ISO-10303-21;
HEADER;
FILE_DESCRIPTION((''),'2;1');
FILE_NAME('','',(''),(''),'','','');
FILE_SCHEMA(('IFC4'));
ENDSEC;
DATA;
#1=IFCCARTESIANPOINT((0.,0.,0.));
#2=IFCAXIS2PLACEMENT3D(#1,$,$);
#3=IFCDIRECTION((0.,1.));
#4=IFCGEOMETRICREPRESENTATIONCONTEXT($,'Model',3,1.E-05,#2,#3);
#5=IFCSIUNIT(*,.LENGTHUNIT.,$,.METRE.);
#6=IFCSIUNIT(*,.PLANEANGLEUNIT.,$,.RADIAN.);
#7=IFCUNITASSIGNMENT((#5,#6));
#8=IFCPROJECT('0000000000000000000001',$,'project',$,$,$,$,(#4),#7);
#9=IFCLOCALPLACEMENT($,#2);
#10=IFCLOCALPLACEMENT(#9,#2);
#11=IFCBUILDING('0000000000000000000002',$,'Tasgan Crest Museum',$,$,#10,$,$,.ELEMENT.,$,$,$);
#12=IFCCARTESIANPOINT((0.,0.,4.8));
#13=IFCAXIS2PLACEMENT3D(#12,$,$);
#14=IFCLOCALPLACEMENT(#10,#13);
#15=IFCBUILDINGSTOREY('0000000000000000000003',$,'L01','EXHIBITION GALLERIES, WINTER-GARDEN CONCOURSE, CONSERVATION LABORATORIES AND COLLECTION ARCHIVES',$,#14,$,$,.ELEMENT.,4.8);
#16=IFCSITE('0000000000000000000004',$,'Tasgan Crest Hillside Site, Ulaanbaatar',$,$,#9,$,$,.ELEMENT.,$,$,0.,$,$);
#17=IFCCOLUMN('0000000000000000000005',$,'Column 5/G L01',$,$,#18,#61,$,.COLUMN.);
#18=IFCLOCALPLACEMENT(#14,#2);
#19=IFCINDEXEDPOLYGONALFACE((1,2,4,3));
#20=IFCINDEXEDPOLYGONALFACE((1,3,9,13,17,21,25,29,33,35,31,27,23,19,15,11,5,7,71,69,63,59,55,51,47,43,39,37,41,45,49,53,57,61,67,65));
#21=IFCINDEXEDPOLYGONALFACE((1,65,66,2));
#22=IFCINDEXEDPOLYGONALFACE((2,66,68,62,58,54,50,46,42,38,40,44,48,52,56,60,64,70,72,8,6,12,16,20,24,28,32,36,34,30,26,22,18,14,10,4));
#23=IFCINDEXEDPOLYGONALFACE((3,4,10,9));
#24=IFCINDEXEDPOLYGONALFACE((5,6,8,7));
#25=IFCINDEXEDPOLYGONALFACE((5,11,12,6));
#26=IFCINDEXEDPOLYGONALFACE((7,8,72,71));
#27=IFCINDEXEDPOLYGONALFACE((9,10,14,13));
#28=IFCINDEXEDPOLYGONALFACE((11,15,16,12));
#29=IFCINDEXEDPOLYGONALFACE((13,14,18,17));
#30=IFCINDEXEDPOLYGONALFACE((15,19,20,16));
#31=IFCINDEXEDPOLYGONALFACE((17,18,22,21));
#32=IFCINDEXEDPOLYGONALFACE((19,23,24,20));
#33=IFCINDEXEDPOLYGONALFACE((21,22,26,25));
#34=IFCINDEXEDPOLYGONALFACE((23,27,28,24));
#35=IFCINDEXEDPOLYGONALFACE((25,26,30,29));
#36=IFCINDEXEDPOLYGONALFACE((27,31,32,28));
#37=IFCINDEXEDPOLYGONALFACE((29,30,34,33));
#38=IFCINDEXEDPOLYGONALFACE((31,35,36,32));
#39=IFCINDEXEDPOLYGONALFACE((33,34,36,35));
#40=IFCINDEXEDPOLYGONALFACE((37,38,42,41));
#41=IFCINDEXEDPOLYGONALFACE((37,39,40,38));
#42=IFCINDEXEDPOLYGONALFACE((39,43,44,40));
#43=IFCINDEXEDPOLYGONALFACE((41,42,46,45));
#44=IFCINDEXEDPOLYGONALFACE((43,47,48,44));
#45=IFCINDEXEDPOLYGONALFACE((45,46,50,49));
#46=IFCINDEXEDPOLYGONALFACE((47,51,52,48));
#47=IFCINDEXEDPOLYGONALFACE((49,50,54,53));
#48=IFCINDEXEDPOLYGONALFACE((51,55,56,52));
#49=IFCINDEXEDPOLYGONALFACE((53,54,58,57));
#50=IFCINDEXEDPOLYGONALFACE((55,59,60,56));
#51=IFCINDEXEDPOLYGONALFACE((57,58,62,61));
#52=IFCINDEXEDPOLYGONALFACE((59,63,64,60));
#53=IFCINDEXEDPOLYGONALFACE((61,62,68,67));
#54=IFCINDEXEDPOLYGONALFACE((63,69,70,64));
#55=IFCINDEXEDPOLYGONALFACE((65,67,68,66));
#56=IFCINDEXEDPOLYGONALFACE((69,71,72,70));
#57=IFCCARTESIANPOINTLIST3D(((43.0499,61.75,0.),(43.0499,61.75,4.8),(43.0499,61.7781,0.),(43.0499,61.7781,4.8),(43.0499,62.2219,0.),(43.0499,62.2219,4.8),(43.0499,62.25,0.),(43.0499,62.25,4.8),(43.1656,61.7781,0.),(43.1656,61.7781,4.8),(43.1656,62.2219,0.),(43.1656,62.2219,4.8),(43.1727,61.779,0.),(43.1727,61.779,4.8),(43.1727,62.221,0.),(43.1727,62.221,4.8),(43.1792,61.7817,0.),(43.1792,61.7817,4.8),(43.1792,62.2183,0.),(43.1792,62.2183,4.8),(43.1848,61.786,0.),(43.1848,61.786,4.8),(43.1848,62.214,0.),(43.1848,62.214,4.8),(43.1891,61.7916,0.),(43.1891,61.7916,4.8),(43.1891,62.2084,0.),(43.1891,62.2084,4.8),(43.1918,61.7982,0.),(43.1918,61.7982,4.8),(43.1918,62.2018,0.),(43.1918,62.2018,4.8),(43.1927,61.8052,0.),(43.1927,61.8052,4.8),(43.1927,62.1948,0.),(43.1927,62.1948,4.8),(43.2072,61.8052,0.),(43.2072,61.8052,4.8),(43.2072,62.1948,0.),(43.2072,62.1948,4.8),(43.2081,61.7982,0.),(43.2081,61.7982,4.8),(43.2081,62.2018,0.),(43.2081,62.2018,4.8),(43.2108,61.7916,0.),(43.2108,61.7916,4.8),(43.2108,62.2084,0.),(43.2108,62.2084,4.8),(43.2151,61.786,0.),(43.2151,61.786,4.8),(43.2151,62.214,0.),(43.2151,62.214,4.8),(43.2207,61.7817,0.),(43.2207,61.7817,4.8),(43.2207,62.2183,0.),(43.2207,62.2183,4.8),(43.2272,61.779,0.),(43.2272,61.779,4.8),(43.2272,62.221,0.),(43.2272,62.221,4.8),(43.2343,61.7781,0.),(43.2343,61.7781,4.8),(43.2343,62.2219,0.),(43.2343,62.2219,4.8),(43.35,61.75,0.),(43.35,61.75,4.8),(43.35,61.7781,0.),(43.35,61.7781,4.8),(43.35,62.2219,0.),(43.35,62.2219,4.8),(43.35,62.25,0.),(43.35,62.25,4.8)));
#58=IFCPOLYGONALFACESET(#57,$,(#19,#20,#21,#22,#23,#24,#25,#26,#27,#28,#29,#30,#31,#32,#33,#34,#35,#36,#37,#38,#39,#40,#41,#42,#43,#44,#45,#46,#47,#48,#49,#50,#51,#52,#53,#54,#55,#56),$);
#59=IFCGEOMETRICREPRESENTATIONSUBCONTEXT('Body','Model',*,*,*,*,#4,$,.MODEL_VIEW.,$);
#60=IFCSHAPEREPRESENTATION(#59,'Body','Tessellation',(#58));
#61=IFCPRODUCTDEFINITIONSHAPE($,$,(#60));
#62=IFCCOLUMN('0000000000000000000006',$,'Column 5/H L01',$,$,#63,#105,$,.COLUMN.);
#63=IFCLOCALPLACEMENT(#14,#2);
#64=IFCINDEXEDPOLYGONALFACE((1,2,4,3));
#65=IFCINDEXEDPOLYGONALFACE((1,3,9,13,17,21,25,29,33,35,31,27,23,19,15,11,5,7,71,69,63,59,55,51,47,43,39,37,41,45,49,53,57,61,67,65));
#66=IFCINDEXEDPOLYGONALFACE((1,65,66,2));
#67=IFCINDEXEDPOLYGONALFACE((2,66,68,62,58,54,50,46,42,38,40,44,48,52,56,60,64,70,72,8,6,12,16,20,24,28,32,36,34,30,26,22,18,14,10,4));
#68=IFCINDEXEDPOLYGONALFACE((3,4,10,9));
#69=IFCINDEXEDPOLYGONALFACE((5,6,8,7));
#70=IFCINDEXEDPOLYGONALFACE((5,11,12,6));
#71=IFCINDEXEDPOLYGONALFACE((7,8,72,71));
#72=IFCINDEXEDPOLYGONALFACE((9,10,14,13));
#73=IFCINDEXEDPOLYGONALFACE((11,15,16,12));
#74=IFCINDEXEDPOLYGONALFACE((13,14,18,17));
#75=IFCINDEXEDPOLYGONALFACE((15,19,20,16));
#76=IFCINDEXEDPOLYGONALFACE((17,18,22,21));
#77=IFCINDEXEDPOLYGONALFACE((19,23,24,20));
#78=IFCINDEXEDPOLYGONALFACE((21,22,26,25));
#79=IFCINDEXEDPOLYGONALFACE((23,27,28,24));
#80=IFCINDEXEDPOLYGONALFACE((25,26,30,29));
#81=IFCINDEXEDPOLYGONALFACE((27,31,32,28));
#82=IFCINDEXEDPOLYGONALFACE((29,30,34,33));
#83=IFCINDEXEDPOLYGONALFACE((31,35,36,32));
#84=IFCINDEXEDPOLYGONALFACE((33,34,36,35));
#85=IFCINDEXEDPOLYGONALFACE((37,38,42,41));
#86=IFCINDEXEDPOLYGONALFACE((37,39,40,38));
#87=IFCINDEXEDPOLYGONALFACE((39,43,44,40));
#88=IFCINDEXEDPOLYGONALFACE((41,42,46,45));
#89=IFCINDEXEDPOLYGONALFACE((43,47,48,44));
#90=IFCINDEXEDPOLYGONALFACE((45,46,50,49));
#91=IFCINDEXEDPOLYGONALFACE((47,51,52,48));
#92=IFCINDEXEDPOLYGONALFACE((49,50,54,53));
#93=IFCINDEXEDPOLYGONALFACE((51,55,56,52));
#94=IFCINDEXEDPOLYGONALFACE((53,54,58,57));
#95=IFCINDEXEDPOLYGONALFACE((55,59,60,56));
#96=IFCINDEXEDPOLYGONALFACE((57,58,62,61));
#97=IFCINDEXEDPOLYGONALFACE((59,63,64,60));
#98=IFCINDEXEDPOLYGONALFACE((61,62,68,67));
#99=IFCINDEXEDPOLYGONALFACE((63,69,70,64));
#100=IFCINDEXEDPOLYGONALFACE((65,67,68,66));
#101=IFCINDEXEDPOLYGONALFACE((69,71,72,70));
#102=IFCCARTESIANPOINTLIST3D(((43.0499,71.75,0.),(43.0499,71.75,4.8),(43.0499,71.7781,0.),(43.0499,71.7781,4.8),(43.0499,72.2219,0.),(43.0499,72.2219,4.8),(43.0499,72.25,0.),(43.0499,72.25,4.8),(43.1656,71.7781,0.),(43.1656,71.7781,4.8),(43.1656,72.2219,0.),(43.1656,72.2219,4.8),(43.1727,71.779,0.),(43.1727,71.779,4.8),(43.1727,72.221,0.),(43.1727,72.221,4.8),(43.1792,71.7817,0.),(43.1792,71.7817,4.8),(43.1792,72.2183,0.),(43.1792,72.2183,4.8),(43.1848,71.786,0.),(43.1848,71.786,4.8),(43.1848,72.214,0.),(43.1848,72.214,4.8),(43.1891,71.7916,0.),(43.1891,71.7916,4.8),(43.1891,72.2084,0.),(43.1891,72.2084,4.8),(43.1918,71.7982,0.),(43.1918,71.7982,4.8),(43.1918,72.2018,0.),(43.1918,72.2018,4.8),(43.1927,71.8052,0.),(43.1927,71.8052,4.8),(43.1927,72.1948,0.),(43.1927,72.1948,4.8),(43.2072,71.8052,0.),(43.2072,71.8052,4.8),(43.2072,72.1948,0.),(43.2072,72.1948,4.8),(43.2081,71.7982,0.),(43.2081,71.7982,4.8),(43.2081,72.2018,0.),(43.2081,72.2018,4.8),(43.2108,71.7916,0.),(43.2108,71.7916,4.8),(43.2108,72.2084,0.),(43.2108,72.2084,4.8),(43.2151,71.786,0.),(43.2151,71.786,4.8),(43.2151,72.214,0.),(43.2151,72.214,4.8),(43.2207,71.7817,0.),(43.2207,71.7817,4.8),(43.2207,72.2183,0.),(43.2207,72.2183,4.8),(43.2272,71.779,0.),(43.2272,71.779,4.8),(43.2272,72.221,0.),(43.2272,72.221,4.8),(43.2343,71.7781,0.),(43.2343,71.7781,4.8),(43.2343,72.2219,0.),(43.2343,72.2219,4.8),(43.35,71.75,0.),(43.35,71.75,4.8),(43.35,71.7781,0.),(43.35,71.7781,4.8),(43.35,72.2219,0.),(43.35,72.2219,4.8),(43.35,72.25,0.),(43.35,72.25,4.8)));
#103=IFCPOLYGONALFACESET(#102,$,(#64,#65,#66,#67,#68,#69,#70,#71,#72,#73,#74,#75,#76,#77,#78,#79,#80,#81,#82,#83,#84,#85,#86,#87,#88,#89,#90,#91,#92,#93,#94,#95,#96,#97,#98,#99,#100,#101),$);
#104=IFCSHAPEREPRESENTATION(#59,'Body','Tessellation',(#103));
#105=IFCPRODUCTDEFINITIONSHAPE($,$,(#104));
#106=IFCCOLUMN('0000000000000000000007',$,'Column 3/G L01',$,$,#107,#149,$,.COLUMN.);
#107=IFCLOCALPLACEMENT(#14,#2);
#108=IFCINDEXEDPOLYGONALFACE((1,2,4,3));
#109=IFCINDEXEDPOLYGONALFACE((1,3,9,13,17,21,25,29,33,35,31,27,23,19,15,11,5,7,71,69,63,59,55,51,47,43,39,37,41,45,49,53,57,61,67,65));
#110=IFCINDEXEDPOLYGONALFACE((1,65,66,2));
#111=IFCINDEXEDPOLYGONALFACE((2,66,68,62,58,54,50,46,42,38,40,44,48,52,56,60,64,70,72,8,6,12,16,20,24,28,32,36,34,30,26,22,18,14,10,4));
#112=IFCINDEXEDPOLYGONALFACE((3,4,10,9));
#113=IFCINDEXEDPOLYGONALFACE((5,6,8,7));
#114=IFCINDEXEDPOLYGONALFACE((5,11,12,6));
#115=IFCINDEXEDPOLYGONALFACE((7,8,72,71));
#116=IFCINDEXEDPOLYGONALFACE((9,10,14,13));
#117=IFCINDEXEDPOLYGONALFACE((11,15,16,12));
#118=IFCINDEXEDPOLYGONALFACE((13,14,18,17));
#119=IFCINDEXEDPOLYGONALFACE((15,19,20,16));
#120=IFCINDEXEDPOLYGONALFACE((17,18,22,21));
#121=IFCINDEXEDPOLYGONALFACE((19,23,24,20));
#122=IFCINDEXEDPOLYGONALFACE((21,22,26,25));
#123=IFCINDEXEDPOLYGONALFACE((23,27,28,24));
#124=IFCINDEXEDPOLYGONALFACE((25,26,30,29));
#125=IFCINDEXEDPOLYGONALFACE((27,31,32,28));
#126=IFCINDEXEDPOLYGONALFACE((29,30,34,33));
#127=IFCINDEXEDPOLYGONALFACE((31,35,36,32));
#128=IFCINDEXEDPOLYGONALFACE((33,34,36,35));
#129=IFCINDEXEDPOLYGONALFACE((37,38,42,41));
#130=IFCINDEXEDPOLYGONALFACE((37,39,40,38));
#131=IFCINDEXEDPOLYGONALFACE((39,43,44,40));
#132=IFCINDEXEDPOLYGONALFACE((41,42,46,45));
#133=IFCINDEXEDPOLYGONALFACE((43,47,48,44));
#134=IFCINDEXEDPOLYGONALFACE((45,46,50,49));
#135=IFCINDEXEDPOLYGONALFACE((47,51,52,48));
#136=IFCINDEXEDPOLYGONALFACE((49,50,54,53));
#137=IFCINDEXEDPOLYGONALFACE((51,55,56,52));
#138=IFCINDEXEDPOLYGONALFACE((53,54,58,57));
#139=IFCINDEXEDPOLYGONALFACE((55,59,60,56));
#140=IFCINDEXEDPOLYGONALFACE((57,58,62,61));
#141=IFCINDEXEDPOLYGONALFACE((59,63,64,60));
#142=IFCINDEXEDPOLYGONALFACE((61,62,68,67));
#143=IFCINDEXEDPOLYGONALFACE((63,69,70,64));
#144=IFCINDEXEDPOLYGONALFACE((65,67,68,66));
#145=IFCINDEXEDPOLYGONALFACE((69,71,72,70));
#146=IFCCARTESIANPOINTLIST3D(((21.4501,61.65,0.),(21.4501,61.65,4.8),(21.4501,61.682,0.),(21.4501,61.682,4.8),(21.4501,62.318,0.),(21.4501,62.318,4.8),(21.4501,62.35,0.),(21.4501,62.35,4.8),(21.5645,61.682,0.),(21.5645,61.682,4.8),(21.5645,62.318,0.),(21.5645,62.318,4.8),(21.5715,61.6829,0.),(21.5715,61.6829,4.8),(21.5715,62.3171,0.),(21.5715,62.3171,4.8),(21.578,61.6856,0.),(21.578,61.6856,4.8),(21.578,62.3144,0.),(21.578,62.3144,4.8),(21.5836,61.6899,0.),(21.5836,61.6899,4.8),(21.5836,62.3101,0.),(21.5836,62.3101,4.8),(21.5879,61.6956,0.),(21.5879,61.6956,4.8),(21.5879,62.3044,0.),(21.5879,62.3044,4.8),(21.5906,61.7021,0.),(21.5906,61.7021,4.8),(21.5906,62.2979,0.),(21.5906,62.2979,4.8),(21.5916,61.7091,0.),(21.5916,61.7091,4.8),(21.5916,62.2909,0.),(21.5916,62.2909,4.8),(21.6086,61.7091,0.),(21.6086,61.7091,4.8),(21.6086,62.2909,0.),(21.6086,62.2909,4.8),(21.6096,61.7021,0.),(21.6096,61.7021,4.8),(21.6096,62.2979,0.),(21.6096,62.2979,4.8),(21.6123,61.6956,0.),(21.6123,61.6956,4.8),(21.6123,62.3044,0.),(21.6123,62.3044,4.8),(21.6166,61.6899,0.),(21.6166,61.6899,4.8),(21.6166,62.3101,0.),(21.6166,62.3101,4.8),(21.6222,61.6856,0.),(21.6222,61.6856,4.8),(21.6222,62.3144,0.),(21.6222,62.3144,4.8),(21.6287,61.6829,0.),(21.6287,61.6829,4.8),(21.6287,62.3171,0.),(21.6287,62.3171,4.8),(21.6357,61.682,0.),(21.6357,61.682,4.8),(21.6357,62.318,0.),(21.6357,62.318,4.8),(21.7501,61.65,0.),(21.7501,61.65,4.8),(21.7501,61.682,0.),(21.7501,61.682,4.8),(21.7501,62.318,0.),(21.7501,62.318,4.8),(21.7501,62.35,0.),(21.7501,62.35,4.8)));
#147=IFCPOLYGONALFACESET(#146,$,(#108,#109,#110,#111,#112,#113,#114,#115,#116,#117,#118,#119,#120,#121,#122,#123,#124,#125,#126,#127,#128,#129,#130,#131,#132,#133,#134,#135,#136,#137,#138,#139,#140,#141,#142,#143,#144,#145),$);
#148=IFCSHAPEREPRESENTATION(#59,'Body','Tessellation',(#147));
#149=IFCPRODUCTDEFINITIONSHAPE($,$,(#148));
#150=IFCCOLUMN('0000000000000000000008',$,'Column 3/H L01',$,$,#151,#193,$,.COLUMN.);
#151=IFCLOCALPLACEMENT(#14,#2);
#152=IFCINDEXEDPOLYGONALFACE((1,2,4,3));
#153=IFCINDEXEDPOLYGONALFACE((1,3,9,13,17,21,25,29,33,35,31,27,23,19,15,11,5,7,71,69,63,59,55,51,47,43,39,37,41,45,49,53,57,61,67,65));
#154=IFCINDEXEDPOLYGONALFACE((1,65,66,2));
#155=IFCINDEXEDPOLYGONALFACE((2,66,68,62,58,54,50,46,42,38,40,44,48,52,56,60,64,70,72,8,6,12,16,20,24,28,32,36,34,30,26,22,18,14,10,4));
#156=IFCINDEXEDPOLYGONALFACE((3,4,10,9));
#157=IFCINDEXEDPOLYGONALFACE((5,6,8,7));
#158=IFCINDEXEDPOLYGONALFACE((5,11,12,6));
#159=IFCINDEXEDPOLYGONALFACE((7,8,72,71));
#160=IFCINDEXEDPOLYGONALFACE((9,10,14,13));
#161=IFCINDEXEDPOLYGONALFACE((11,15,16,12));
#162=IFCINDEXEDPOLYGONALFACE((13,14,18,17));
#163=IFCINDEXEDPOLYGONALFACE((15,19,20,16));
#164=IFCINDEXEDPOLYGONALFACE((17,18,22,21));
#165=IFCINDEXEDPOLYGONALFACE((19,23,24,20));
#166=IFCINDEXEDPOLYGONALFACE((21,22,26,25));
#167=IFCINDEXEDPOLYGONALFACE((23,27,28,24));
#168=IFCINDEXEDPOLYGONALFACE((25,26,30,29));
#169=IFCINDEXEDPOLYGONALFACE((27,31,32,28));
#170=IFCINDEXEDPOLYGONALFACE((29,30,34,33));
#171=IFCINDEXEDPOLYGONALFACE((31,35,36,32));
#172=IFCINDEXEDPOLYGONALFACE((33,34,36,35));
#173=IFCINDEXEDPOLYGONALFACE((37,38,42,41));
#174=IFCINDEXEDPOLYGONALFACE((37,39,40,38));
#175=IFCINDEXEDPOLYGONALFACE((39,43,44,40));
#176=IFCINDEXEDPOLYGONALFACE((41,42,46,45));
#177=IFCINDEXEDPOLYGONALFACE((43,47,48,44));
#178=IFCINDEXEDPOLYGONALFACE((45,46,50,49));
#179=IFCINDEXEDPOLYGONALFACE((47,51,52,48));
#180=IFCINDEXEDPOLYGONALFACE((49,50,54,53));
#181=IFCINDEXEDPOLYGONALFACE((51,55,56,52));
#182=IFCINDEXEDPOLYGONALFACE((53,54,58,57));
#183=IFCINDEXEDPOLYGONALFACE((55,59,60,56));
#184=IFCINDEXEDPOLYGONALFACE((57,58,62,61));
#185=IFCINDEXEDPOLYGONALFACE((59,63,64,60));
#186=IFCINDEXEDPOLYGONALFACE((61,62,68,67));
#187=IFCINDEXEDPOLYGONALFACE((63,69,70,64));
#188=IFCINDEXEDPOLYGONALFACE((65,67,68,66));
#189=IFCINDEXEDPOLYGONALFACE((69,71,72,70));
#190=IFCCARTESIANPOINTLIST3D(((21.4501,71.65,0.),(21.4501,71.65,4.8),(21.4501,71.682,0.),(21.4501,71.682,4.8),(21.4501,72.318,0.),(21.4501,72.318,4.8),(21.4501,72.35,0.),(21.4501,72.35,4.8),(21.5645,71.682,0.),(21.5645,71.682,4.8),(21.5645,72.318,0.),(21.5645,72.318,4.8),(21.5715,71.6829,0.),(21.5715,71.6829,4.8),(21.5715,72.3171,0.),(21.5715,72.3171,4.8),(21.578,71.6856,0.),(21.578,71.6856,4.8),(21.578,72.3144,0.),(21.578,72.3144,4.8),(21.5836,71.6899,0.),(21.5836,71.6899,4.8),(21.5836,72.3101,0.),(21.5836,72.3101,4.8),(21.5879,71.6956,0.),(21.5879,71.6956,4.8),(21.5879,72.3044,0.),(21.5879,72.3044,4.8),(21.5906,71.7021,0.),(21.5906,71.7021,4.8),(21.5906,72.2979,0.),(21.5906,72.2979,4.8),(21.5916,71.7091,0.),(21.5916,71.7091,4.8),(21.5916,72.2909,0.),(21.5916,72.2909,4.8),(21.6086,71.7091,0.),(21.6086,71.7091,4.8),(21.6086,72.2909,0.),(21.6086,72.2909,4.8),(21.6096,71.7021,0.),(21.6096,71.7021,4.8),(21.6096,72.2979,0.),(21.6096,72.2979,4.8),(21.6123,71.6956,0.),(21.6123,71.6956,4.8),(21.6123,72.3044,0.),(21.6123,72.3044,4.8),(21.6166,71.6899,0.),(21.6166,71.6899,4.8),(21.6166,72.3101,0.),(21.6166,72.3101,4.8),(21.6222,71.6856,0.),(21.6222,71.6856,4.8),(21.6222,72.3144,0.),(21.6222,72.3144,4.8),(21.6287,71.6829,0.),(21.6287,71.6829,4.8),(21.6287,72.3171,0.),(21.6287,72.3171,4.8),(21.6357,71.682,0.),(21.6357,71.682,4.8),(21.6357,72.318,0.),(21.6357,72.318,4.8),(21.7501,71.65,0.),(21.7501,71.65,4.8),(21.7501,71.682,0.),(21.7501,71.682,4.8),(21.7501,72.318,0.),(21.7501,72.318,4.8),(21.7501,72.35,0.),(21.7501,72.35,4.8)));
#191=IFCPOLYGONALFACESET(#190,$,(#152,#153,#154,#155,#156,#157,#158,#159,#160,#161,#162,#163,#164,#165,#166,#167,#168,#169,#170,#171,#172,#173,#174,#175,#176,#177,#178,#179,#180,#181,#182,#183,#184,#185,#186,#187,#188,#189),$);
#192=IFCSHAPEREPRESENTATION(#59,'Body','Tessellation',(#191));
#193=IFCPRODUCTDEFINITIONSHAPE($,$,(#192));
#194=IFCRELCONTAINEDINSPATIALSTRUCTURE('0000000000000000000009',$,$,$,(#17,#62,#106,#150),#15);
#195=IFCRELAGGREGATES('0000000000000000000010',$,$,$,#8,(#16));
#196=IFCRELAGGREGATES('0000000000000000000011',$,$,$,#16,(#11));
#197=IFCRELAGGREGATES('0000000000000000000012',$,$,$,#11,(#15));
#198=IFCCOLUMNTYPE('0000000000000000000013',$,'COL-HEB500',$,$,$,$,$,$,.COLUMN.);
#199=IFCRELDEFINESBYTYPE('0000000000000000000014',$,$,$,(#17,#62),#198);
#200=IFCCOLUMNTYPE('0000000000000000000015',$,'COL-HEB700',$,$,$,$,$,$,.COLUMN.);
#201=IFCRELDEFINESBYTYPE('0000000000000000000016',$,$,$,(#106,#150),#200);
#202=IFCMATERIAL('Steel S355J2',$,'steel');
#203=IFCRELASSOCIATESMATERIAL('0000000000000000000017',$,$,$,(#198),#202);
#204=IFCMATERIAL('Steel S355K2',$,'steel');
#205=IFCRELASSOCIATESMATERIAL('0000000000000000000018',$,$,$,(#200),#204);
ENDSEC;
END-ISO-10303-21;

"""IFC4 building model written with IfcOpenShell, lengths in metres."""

from ifc_helpers import new_model, si_unit, direction, frame, origin, origin_2d, place, context, subcontext, project, spatial, i_section, extrude, material, material_profile, profile_set, type_object, element, save


model = new_model("IFC4")

# Units and contexts
model_context = context("Model", 3, precision=1e-05, world=origin(), true_north=direction((0.0, 1.0)))
body_context = subcontext(model_context, "Body", "Model", "MODEL_VIEW")
ifc_project = project(units=[si_unit("LENGTHUNIT", "METRE"), si_unit("PLANEANGLEUNIT", "RADIAN")], contexts=[model_context])

# Site, building, storey
site_placement = place(None, origin())
site = spatial("IfcSite", under=ifc_project, at=site_placement, Name="Tasgan Crest Hillside Site, Ulaanbaatar", CompositionType="ELEMENT", RefElevation=0.0)
building_placement = place(site_placement, origin())
building = spatial("IfcBuilding", under=site, at=building_placement, Name="Tasgan Crest Museum", CompositionType="ELEMENT")
storey_placement = place(building_placement, frame((0.0, 0.0, 4.8)))
storey = spatial("IfcBuildingStorey", under=building, at=storey_placement, Name="L01", Description="EXHIBITION GALLERIES, WINTER-GARDEN CONCOURSE, CONSERVATION LABORATORIES AND COLLECTION ARCHIVES", CompositionType="ELEMENT", Elevation=4.8)

# Columns
ifc_material_1 = material(Name="Steel S355J2", Category="steel")
ifc_material_profile_1 = material_profile(ifc_material_1, i_section(OverallWidth=0.3, OverallDepth=0.5, WebThickness=0.0144, FlangeThickness=0.0281, FilletRadius=0.0271, at=origin_2d()), Name="HEB 500")
ifc_profile_set_1 = profile_set([ifc_material_profile_1], Name="Steel S355J2")
column_type_1 = type_object("IfcColumnType", Name="COL-HEB500", PredefinedType="COLUMN", material=ifc_profile_set_1)
for number, where, z_axis, x_axis, name in (
    (1, (43.2, 62.0, 0.0), (0.0, 0.0, 1.0), (1.0, 0.0, 0.0), "Column 5/G L01"),
    (2, (43.2, 72.0, 0.0), (0.0, 0.0, 1.0), (1.0, 0.0, 0.0), "Column 5/H L01"),
):
    element("IfcColumn", number, at=place(storey_placement, frame(where, z_axis=z_axis, x_axis=x_axis)), inside=storey, type_object=column_type_1, Name=name, PredefinedType="COLUMN", context=body_context, shape_type="SweptSolid", body=[
        extrude(i_section(OverallWidth=0.3, OverallDepth=0.5, WebThickness=0.0144, FlangeThickness=0.0281, FilletRadius=0.0271, at=origin_2d()), origin(), (0.0, 0.0, 1.0), 4.8),
    ])
ifc_material_2 = material(Name="Steel S355K2", Category="steel")
ifc_material_profile_2 = material_profile(ifc_material_2, i_section(OverallWidth=0.3, OverallDepth=0.7, WebThickness=0.0171, FlangeThickness=0.032, FilletRadius=0.0271, at=origin_2d()), Name="HEB 700")
ifc_profile_set_2 = profile_set([ifc_material_profile_2], Name="Steel S355K2")
column_type_2 = type_object("IfcColumnType", Name="COL-HEB700", PredefinedType="COLUMN", material=ifc_profile_set_2)
for number, where, z_axis, x_axis, name in (
    (3, (21.6001, 62.0, 0.0), (0.0, 0.0, 1.0), (1.0, 0.0, 0.0), "Column 3/G L01"),
    (4, (21.6001, 72.0, 0.0), (0.0, 0.0, 1.0), (1.0, 0.0, 0.0), "Column 3/H L01"),
):
    element("IfcColumn", number, at=place(storey_placement, frame(where, z_axis=z_axis, x_axis=x_axis)), inside=storey, type_object=column_type_2, Name=name, PredefinedType="COLUMN", context=body_context, shape_type="SweptSolid", body=[
        extrude(i_section(OverallWidth=0.3, OverallDepth=0.7, WebThickness=0.0171, FlangeThickness=0.032, FilletRadius=0.0271, at=origin_2d()), origin(), (0.0, 0.0, 1.0), 4.8),
    ])

save(model, "model.ifc")
